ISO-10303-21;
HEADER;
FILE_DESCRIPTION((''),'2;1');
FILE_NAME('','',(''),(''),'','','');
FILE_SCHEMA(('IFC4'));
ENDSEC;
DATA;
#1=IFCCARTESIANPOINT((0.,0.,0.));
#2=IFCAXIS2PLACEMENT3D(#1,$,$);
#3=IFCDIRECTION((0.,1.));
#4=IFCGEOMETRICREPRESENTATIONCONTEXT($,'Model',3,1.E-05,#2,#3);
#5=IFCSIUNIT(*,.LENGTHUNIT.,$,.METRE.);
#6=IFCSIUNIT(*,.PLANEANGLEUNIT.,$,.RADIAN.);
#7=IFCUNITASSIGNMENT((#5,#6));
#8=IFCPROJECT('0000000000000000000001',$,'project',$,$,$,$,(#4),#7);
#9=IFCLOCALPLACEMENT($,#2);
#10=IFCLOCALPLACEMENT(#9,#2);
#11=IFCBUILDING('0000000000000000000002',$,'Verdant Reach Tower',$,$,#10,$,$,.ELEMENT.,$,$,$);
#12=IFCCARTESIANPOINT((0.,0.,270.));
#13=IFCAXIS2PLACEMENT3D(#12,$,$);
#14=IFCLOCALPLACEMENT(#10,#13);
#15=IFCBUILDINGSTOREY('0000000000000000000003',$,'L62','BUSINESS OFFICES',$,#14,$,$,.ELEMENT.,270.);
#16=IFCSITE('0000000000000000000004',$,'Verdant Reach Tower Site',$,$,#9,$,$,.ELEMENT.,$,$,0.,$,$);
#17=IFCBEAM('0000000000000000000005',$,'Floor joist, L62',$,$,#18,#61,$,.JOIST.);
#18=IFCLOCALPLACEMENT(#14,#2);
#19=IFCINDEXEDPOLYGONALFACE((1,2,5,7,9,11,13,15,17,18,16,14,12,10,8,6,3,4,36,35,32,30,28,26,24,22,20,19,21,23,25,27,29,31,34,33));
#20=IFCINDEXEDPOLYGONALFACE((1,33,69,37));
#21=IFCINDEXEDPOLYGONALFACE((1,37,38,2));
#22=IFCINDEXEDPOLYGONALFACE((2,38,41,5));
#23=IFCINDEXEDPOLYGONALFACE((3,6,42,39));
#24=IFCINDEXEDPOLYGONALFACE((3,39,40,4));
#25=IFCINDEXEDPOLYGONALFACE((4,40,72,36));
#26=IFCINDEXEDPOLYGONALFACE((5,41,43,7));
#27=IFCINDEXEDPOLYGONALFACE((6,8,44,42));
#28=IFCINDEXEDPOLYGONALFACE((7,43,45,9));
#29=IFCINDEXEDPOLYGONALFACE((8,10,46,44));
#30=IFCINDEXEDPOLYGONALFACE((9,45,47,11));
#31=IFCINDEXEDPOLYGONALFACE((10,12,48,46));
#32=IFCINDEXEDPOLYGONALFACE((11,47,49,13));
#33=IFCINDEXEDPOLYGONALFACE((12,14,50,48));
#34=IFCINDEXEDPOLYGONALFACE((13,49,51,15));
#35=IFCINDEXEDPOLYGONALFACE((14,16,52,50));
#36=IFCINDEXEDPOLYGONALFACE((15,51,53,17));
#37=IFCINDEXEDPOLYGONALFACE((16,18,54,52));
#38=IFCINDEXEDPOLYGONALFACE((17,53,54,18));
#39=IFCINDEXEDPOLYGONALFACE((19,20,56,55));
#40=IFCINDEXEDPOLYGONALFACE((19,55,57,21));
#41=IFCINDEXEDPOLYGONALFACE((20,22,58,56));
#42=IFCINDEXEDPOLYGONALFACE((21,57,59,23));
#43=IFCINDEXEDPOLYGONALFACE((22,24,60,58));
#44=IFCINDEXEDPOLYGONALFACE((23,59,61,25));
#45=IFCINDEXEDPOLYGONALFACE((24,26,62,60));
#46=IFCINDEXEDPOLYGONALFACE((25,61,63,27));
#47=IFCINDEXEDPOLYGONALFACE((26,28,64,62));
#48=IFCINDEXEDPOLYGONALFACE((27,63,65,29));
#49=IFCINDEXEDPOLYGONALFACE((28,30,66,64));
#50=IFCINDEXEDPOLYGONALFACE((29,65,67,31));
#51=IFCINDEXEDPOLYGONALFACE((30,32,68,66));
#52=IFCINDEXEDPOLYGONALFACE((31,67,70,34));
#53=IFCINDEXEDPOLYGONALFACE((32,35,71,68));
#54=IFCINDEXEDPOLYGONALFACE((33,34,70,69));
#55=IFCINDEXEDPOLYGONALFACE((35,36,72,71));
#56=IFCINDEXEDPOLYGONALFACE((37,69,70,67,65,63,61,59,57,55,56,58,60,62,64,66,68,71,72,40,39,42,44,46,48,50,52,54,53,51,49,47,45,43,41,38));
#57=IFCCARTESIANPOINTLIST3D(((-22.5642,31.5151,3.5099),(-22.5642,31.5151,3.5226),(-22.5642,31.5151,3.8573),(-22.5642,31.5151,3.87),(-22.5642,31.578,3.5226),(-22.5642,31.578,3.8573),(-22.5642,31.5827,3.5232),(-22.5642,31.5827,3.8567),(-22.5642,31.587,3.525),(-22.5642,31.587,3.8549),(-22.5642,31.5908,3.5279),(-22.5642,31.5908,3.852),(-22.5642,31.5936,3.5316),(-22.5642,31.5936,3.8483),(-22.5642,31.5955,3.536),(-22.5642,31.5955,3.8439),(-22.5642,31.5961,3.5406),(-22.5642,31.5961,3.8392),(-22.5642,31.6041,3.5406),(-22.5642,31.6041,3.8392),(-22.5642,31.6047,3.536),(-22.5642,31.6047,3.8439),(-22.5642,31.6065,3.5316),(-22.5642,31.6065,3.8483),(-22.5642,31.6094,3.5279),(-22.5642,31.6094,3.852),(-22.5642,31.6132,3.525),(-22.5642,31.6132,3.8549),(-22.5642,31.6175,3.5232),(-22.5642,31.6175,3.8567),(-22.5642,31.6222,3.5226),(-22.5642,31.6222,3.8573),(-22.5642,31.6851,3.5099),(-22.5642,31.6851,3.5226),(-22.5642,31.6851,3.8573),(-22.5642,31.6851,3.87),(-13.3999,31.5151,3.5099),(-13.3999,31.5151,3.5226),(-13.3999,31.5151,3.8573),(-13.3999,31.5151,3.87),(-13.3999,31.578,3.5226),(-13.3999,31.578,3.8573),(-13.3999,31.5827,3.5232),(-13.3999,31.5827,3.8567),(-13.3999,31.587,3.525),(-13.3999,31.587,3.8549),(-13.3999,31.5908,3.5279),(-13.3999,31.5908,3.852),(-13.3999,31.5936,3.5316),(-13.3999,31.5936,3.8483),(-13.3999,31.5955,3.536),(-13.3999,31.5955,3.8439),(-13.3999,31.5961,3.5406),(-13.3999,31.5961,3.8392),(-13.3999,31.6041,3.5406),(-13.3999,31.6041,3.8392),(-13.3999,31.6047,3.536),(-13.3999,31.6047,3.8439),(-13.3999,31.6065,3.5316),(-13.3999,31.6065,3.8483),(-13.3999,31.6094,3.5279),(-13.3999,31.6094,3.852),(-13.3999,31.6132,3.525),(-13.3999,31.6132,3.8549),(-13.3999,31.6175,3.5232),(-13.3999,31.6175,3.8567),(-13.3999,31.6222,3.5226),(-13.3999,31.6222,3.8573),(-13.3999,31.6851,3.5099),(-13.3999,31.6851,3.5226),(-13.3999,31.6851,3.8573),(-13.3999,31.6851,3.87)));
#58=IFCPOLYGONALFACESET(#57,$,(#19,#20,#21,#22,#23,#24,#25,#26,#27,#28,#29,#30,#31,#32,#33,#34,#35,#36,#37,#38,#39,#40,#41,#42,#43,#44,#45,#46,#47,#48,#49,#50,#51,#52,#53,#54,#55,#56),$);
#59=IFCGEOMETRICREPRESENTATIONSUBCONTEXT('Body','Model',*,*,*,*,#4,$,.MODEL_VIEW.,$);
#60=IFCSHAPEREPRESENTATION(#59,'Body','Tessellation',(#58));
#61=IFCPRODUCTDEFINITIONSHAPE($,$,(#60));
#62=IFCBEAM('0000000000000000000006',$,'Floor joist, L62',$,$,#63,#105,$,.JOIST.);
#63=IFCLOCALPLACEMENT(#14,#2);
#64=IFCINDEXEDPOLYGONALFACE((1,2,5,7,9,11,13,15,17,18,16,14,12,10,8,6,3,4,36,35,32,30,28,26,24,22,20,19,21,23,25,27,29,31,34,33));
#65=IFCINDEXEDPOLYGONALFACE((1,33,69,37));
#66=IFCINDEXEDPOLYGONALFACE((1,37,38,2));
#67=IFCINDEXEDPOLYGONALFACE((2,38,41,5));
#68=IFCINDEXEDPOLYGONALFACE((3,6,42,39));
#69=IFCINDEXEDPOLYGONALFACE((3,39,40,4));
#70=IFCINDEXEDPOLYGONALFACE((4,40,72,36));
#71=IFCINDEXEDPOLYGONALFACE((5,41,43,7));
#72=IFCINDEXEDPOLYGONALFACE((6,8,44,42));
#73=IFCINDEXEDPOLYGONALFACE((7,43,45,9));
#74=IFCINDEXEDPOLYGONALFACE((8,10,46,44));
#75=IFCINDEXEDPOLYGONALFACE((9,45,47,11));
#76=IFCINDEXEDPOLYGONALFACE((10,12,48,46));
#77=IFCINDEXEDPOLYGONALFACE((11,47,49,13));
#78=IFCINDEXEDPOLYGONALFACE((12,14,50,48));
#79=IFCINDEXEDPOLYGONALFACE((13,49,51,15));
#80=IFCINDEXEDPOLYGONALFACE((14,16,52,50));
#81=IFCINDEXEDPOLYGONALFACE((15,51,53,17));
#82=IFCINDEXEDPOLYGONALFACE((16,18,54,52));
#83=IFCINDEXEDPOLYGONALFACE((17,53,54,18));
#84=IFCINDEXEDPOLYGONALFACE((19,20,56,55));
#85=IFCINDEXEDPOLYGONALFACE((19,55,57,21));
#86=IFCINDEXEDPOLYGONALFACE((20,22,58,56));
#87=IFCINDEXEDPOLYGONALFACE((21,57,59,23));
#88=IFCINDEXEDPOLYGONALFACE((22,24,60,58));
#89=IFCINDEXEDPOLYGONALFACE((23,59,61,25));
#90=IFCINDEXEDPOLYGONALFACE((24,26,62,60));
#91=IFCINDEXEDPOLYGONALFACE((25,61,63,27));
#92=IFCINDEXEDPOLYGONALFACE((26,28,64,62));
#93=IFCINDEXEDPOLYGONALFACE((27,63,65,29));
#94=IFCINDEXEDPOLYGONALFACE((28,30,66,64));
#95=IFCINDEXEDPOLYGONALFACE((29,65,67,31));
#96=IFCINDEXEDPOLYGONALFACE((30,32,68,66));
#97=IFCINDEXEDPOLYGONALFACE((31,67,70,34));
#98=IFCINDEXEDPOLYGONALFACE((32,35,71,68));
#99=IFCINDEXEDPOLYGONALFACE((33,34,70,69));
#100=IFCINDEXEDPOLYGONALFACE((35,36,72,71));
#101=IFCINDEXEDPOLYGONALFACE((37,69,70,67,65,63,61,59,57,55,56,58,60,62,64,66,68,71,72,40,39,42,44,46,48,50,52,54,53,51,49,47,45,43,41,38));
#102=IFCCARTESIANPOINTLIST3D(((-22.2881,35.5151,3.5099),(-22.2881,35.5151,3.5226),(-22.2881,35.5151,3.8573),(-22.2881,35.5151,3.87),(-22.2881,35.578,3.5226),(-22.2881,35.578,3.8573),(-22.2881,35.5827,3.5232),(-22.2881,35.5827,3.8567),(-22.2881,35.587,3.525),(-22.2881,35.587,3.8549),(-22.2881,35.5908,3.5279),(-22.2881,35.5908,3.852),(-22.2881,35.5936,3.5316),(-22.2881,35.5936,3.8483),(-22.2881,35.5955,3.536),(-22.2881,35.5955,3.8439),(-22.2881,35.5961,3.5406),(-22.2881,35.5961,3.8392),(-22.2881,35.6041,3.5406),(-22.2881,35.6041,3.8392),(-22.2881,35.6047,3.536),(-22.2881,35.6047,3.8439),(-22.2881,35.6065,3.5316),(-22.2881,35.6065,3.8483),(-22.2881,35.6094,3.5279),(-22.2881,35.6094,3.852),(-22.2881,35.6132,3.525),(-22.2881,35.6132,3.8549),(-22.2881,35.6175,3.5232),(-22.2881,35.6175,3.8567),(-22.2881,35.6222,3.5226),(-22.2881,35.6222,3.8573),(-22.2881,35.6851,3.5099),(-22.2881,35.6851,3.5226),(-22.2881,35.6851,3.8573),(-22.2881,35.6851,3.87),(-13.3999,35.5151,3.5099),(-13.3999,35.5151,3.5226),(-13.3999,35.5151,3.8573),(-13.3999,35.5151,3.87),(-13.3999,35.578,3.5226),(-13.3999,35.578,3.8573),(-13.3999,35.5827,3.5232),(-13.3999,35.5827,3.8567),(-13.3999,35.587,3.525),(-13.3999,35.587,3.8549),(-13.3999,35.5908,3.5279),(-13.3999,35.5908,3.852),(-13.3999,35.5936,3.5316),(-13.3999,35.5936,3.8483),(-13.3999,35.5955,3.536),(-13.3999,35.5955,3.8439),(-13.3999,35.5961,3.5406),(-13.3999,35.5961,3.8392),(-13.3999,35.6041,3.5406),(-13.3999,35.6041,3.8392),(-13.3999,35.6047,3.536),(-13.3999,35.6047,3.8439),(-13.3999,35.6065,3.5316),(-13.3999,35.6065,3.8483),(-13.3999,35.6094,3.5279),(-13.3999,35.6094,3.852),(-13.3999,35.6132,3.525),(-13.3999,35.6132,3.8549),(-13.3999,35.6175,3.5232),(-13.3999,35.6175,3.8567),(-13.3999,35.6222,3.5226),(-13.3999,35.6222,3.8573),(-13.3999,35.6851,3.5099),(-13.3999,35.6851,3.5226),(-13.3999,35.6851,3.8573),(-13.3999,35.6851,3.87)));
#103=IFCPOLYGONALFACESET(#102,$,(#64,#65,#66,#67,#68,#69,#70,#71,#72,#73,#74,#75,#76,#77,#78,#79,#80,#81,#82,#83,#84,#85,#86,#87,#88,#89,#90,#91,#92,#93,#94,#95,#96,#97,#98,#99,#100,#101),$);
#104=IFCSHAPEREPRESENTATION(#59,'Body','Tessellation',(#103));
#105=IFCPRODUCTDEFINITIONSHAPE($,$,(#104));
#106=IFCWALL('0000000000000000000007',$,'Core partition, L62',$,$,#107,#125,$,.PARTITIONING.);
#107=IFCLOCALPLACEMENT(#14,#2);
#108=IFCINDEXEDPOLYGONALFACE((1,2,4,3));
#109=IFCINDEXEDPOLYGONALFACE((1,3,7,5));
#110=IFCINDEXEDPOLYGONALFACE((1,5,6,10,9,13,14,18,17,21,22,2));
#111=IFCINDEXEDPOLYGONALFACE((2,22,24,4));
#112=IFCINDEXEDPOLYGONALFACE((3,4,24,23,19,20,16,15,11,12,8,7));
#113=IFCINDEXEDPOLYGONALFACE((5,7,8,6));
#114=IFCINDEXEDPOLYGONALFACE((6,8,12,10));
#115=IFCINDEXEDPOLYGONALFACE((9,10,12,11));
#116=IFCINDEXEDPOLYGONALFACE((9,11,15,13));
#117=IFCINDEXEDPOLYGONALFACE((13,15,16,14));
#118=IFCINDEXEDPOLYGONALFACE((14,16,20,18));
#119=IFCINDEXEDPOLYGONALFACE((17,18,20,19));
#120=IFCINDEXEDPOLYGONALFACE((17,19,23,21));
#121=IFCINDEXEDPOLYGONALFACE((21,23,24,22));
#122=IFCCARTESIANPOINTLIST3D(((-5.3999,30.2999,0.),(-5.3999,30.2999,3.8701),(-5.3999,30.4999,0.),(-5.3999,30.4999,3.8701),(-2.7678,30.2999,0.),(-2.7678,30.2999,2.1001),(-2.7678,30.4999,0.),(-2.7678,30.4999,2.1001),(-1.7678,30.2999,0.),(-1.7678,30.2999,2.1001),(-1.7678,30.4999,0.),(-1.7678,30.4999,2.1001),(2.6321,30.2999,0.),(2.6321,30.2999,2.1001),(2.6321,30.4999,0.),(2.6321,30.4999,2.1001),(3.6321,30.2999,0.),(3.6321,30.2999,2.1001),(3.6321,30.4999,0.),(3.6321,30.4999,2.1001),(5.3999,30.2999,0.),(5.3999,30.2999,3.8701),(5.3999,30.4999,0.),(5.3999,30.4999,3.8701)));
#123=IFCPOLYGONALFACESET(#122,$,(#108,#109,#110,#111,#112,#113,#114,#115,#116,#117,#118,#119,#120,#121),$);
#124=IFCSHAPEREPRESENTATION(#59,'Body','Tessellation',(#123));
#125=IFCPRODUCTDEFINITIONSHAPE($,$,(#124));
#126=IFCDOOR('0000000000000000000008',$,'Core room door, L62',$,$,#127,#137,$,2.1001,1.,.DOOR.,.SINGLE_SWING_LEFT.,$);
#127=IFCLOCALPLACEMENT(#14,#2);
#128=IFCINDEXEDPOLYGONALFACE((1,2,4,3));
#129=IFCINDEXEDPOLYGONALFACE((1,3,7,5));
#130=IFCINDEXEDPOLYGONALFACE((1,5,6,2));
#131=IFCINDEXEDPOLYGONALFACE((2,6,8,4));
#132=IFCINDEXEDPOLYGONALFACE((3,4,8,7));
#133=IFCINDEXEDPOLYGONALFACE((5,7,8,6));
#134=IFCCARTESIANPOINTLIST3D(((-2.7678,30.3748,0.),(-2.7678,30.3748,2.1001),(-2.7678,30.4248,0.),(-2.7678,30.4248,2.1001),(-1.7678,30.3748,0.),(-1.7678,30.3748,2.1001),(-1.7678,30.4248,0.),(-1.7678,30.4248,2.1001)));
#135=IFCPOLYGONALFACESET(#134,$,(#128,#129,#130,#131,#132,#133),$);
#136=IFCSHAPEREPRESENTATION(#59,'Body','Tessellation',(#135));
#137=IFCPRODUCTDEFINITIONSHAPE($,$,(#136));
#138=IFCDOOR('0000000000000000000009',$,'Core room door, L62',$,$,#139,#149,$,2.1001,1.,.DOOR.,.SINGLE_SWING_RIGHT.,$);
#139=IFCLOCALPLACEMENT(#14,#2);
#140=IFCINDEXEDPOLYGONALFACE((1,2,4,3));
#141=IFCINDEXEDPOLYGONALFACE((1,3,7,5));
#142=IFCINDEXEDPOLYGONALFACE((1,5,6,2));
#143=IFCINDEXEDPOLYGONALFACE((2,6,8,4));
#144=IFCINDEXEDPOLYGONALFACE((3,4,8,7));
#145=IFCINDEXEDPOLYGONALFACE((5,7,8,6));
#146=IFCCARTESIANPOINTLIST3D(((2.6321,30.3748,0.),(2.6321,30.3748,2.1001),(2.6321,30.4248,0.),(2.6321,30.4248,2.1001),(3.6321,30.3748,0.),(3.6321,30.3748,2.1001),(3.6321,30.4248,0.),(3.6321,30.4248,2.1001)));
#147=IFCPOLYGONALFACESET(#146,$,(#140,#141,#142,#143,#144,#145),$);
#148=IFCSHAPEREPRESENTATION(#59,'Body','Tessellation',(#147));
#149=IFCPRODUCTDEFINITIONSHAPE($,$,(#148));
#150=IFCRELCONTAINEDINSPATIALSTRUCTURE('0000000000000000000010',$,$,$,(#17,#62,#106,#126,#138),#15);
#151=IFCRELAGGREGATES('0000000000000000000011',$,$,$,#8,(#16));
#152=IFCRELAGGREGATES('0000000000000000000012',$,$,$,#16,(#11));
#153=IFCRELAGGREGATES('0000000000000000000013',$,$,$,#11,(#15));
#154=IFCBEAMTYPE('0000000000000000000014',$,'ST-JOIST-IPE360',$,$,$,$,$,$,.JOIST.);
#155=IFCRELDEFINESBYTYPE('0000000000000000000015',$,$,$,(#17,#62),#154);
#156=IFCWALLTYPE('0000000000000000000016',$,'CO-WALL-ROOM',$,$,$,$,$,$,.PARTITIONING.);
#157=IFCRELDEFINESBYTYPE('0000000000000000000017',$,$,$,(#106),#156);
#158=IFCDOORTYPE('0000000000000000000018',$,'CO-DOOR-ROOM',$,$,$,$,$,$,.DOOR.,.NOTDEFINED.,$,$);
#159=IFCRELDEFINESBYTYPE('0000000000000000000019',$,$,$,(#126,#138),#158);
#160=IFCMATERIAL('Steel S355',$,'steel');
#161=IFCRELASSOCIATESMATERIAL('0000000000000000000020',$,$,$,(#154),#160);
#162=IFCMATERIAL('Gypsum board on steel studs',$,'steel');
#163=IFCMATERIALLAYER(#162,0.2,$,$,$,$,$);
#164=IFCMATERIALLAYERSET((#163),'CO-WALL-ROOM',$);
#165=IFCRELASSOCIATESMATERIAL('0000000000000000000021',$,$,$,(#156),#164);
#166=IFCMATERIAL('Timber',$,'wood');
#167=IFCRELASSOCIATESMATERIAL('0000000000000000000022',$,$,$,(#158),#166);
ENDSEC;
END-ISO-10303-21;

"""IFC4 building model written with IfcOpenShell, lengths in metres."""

from ifc_helpers import new_model, si_unit, direction, frame, frame_2d, origin, origin_2d, place, context, subcontext, project, spatial, rectangle, i_section, extrude, material, layer, layer_set, material_profile, profile_set, type_object, element, fill, save


model = new_model("IFC4")

# Units and contexts
model_context = context("Model", 3, precision=1e-05, world=origin(), true_north=direction((0.0, 1.0)))
body_context = subcontext(model_context, "Body", "Model", "MODEL_VIEW")
ifc_project = project(units=[si_unit("LENGTHUNIT", "METRE"), si_unit("PLANEANGLEUNIT", "RADIAN")], contexts=[model_context])

# Site, building, storey
site_placement = place(None, origin())
site = spatial("IfcSite", under=ifc_project, at=site_placement, Name="Verdant Reach Tower Site", CompositionType="ELEMENT", RefElevation=0.0)
building_placement = place(site_placement, origin())
building = spatial("IfcBuilding", under=site, at=building_placement, Name="Verdant Reach Tower", CompositionType="ELEMENT")
storey_placement = place(building_placement, frame((0.0, 0.0, 270.0)))
storey = spatial("IfcBuildingStorey", under=building, at=storey_placement, Name="L62", Description="BUSINESS OFFICES", CompositionType="ELEMENT", Elevation=270.0)

# Beams
ifc_material_1 = material(Name="Steel S355", Category="steel")
ifc_material_profile = material_profile(ifc_material_1, i_section(OverallWidth=0.1699, OverallDepth=0.3601, WebThickness=0.0081, FlangeThickness=0.0127, FilletRadius=0.0181, at=origin_2d()), Name="IPE 360")
ifc_profile_set = profile_set([ifc_material_profile], Name="Steel S355")
beam_type = type_object("IfcBeamType", Name="ST-JOIST-IPE360", PredefinedType="JOIST", material=ifc_profile_set)
beam_1_placement = place(storey_placement, frame((-13.3999, 31.6001, 3.6899), z_axis=(-1.0, 0.0, 0.0), x_axis=(0.0, -1.0, 0.0)))
element("IfcBeam", 1, at=beam_1_placement, inside=storey, type_object=beam_type, Name="Floor joist, L62", PredefinedType="JOIST", context=body_context, shape_type="SweptSolid", body=[
    extrude(i_section(OverallWidth=0.1699, OverallDepth=0.3601, WebThickness=0.0081, FlangeThickness=0.0127, FilletRadius=0.0181, at=origin_2d()), origin(), (0.0, 0.0, 1.0), 9.1643),
])
beam_2_placement = place(storey_placement, frame((-13.3999, 35.6001, 3.6899), z_axis=(-1.0, 0.0, 0.0), x_axis=(0.0, -1.0, 0.0)))
element("IfcBeam", 2, at=beam_2_placement, inside=storey, type_object=beam_type, Name="Floor joist, L62", PredefinedType="JOIST", context=body_context, shape_type="SweptSolid", body=[
    extrude(i_section(OverallWidth=0.1699, OverallDepth=0.3601, WebThickness=0.0081, FlangeThickness=0.0127, FilletRadius=0.0181, at=origin_2d()), origin(), (0.0, 0.0, 1.0), 8.8882),
])

# Wall, openings, doors
ifc_material_2 = material(Name="Gypsum board on steel studs", Category="steel")
ifc_layer_1 = layer(ifc_material_2, 0.2)
ifc_layer_set_1 = layer_set([ifc_layer_1], Name="CO-WALL-ROOM")
wall_type_1 = type_object("IfcWallType", Name="CO-WALL-ROOM", PredefinedType="PARTITIONING", material=ifc_layer_set_1)
wall_1_placement = place(storey_placement, frame((-5.3999, 30.3999, 0.0), z_axis=(0.0, 0.0, 1.0), x_axis=(1.0, 0.0, 0.0)))
wall_1 = element("IfcWall", 3, at=wall_1_placement, inside=storey, type_object=wall_type_1, Name="Core partition, L62", PredefinedType="PARTITIONING", context=body_context, shape_type="SweptSolid", body=[
    extrude(rectangle(XDim=10.7998, YDim=0.2, at=frame_2d((5.3999, 0.0))), origin(), (0.0, 0.0, 1.0), 3.8701),
])
opening_1_placement = place(wall_1_placement, frame((2.6321, 0.0, 0.0)))
opening_1 = element("IfcOpeningElement", 4, at=opening_1_placement, cuts=wall_1, PredefinedType="OPENING", context=body_context, shape_type="SweptSolid", body=[
    extrude(rectangle(XDim=1.0, YDim=2.1001, at=frame_2d((0.5, 1.05))), frame((0.0, 0.1099, 0.0), z_axis=(0.0, -1.0, 0.0), x_axis=(1.0, 0.0, 0.0)), (0.0, 0.0, 1.0), 0.22),
])
opening_2_placement = place(wall_1_placement, frame((8.032, 0.0, 0.0)))
opening_2 = element("IfcOpeningElement", 5, at=opening_2_placement, cuts=wall_1, PredefinedType="OPENING", context=body_context, shape_type="SweptSolid", body=[
    extrude(rectangle(XDim=1.0, YDim=2.1001, at=frame_2d((0.5, 1.05))), frame((0.0, 0.1099, 0.0), z_axis=(0.0, -1.0, 0.0), x_axis=(1.0, 0.0, 0.0)), (0.0, 0.0, 1.0), 0.22),
])
ifc_material_3 = material(Name="Timber", Category="wood")
door_type_1 = type_object("IfcDoorType", Name="CO-DOOR-ROOM", OperationType="NOTDEFINED", PredefinedType="DOOR", material=ifc_material_3)
door_1_placement = place(opening_1_placement, origin())
door_1 = element("IfcDoor", 6, at=door_1_placement, inside=storey, type_object=door_type_1, Name="Core room door, L62", OperationType="SINGLE_SWING_LEFT", OverallHeight=2.1001, OverallWidth=1.0, PredefinedType="DOOR", context=body_context, shape_type="SweptSolid", body=[
    extrude(rectangle(XDim=1.0, YDim=2.1001, at=frame_2d((0.5, 1.05))), frame((0.0, 0.0249, 0.0), z_axis=(0.0, -1.0, 0.0), x_axis=(1.0, 0.0, 0.0)), (0.0, 0.0, 1.0), 0.05),
])
fill(opening_1, door_1)
door_2_placement = place(opening_2_placement, origin())
door_2 = element("IfcDoor", 7, at=door_2_placement, inside=storey, type_object=door_type_1, Name="Core room door, L62", OperationType="SINGLE_SWING_RIGHT", OverallHeight=2.1001, OverallWidth=1.0, PredefinedType="DOOR", context=body_context, shape_type="SweptSolid", body=[
    extrude(rectangle(XDim=1.0, YDim=2.1001, at=frame_2d((0.5, 1.05))), frame((0.0, 0.0249, 0.0), z_axis=(0.0, -1.0, 0.0), x_axis=(1.0, 0.0, 0.0)), (0.0, 0.0, 1.0), 0.05),
])
fill(opening_2, door_2)

save(model, "model.ifc")
